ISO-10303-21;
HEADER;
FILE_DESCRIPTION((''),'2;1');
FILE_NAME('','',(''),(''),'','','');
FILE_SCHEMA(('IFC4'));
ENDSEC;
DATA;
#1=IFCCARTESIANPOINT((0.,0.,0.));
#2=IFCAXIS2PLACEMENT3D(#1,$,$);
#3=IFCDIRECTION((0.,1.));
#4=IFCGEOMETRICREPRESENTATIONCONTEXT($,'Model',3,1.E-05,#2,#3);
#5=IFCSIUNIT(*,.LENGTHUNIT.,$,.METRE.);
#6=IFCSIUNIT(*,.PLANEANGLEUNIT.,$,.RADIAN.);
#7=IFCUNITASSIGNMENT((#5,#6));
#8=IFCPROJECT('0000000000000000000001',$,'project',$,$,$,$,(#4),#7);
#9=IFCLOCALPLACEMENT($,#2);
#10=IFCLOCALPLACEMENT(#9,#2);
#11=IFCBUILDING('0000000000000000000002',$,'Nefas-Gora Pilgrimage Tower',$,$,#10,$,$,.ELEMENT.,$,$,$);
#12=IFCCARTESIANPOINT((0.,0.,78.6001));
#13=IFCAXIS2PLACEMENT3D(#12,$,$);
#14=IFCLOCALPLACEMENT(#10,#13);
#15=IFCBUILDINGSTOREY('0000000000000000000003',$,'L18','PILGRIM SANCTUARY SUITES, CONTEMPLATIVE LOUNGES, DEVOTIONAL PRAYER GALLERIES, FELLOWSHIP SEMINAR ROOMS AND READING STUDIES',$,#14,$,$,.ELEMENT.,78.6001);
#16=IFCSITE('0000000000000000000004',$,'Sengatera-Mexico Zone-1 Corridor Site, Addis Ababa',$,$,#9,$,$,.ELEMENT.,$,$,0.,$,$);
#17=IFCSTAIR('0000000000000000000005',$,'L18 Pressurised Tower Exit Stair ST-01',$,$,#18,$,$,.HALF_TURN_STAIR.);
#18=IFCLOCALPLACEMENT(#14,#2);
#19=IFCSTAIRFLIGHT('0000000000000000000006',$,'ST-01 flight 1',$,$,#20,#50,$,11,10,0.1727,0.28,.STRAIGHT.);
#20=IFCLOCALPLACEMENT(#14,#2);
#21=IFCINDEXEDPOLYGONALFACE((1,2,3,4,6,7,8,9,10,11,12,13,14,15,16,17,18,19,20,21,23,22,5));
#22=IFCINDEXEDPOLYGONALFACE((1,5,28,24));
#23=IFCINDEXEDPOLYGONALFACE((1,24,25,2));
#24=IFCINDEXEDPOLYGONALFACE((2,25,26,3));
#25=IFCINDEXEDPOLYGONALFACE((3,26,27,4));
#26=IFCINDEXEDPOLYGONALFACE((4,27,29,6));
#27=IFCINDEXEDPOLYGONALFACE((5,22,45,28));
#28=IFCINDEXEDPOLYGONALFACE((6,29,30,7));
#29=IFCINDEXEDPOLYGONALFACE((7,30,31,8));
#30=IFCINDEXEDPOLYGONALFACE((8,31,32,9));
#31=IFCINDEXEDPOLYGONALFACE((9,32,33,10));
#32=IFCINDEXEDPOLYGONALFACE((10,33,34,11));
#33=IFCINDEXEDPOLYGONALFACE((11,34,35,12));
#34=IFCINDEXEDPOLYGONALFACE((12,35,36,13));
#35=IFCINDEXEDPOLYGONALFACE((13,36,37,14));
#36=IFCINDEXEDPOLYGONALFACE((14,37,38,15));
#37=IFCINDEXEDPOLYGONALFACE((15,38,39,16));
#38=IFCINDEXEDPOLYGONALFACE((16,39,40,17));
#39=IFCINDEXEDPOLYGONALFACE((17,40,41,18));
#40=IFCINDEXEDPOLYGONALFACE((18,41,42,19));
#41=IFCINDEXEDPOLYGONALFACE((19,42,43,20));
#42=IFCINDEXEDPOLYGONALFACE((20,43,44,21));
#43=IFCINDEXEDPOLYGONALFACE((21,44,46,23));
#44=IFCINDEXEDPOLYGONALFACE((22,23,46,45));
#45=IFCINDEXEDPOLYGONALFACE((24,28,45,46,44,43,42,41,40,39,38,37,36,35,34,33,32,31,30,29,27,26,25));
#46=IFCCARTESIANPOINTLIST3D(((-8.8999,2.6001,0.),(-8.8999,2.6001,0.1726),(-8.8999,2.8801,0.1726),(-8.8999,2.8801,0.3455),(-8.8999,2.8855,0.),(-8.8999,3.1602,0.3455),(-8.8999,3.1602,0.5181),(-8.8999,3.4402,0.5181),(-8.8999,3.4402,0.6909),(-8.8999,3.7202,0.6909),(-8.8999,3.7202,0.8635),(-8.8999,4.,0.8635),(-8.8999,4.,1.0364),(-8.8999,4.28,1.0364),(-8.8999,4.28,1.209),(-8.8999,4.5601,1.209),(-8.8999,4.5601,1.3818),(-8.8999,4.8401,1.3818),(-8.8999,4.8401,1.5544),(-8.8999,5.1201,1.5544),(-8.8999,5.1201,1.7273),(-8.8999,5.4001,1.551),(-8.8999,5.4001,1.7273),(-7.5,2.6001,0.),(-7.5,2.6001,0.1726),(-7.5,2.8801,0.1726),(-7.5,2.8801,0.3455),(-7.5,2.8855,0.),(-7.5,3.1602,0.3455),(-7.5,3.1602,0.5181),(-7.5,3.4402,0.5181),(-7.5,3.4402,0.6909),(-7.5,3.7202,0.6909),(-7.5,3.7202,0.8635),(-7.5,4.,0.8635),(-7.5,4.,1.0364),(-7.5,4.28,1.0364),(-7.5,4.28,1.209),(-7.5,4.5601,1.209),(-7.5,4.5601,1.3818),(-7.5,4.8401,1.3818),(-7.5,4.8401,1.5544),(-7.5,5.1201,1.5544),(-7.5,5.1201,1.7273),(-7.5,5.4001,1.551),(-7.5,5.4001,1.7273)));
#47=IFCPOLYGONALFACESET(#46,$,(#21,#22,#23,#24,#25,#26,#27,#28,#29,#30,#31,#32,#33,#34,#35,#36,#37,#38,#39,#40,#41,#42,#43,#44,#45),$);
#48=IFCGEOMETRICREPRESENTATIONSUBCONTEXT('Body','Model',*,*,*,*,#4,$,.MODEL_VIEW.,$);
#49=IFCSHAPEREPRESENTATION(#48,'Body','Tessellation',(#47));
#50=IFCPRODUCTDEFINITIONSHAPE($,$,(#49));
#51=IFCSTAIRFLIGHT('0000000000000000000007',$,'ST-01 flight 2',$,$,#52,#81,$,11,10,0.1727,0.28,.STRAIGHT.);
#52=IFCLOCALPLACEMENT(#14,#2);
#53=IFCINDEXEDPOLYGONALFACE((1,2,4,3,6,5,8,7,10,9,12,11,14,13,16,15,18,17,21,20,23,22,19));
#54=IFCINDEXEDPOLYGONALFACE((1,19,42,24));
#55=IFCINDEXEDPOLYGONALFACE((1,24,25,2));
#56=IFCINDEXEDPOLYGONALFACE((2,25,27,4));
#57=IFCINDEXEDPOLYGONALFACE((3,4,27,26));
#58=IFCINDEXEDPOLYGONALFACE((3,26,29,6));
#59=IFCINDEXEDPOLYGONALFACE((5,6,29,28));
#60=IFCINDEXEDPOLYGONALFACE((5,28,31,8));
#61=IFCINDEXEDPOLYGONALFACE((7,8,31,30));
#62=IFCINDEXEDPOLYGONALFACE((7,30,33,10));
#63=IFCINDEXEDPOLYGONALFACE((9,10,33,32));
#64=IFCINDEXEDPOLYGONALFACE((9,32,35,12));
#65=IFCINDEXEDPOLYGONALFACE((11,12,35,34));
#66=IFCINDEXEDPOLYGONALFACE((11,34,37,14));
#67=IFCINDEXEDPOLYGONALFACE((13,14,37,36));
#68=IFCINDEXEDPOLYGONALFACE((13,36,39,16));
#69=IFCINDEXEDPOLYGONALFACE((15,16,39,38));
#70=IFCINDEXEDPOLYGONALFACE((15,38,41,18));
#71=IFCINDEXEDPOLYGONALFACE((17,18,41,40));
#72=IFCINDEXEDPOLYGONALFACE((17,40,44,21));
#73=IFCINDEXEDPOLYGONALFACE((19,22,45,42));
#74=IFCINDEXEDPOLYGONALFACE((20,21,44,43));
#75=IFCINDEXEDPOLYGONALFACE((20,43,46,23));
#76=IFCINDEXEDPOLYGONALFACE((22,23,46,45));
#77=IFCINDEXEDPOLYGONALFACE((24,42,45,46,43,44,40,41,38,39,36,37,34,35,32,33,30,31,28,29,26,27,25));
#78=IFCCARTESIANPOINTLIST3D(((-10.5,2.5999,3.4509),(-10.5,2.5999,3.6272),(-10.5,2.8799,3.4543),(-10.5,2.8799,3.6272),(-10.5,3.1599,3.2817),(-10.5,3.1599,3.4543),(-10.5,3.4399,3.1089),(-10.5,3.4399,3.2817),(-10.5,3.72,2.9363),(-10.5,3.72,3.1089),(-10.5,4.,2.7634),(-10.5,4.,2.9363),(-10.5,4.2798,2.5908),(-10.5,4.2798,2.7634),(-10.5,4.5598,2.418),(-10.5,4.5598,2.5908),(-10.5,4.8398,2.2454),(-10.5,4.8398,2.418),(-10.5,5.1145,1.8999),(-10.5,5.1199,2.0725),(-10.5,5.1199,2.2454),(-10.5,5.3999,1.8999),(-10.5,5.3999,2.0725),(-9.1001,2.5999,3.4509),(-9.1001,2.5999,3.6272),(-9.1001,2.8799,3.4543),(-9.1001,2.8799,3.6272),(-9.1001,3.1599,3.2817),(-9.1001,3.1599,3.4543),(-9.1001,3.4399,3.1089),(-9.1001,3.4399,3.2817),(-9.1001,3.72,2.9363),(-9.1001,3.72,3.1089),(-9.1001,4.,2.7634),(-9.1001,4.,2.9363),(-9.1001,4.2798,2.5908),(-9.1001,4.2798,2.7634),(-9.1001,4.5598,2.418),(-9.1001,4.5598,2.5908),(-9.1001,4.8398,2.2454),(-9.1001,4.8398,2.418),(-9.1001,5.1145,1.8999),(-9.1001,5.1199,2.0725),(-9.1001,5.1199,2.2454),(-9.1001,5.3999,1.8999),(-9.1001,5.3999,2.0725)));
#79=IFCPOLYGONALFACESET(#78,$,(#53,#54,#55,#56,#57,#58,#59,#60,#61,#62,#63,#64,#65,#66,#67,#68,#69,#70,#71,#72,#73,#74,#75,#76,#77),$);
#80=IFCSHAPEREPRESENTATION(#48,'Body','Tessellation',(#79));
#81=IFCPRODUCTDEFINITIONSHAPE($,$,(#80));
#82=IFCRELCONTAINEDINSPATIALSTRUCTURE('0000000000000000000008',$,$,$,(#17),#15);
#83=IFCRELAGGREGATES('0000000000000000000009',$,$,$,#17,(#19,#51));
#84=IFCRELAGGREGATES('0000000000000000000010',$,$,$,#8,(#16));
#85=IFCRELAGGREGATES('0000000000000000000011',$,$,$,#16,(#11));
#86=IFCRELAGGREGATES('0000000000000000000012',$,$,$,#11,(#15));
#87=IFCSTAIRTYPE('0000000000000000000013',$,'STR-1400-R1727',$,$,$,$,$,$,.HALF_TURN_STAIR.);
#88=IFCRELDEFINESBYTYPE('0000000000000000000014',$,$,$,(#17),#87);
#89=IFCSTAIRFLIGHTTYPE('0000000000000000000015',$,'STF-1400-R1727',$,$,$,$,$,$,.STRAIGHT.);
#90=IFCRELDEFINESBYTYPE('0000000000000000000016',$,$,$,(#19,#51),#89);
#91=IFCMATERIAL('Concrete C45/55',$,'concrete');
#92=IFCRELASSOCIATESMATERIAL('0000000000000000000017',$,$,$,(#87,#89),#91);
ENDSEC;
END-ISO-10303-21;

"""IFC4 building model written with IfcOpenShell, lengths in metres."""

from ifc_helpers import new_model, si_unit, direction, frame, origin, place, context, subcontext, project, spatial, polyline, outline, extrude, source, transform, mapped, material, type_object, element, aggregate, save


model = new_model("IFC4")

# Units and contexts
model_context = context("Model", 3, precision=1e-05, world=origin(), true_north=direction((0.0, 1.0)))
body_context = subcontext(model_context, "Body", "Model", "MODEL_VIEW")
ifc_project = project(units=[si_unit("LENGTHUNIT", "METRE"), si_unit("PLANEANGLEUNIT", "RADIAN")], contexts=[model_context])

# Site, building, storey
site_placement = place(None, origin())
site = spatial("IfcSite", under=ifc_project, at=site_placement, Name="Sengatera-Mexico Zone-1 Corridor Site, Addis Ababa", CompositionType="ELEMENT", RefElevation=0.0)
building_placement = place(site_placement, origin())
building = spatial("IfcBuilding", under=site, at=building_placement, Name="Nefas-Gora Pilgrimage Tower", CompositionType="ELEMENT")
storey_placement = place(building_placement, frame((0.0, 0.0, 78.6001)))
storey = spatial("IfcBuildingStorey", under=building, at=storey_placement, Name="L18", Description="PILGRIM SANCTUARY SUITES, CONTEMPLATIVE LOUNGES, DEVOTIONAL PRAYER GALLERIES, FELLOWSHIP SEMINAR ROOMS AND READING STUDIES", CompositionType="ELEMENT", Elevation=78.6001)

# Shared definitions
ifc_material_1 = material(Name="Concrete C45/55", Category="concrete")

# Stair, stair flights
stair_type = type_object("IfcStairType", Name="STR-1400-R1727", PredefinedType="HALF_TURN_STAIR", material=ifc_material_1)
stair_placement = place(storey_placement, origin())
stair = element("IfcStair", 1, at=stair_placement, inside=storey, type_object=stair_type, Name="L18 Pressurised Tower Exit Stair ST-01", PredefinedType="HALF_TURN_STAIR")
stair_flight_type = type_object("IfcStairFlightType", Name="STF-1400-R1727", PredefinedType="STRAIGHT", material=ifc_material_1)
shared_shape_1 = source(origin(), body_context, "Body", "SweptSolid", [
    extrude(outline(polyline([(0.0, 0.0), (0.0, 0.1726), (0.28, 0.1726), (0.28, 0.3455), (0.5601, 0.3455), (0.5601, 0.5181), (0.8401, 0.5181), (0.8401, 0.6909), (1.1201, 0.6909), (1.1201, 0.8635), (1.3999, 0.8635), (1.3999, 1.0364), (1.6799, 1.0364), (1.6799, 1.209), (1.96, 1.209), (1.96, 1.3818), (2.24, 1.3818), (2.24, 1.5544), (2.52, 1.5544), (2.52, 1.7273), (2.8, 1.7273), (2.8, 1.8999), (2.8, 1.551), (0.2854, 0.0), (0.0, 0.0)])), frame((0.0, 0.7, 0.0), z_axis=(0.0, -1.0, 0.0), x_axis=(1.0, 0.0, 0.0)), (0.0, 0.0, 1.0), 1.3999),
])
stair_flight_1_placement = place(storey_placement, frame((-8.2, 2.6001, 0.0), z_axis=(0.0, 0.0, 1.0), x_axis=(0.0, 1.0, 0.0)))
stair_flight_1 = element("IfcStairFlight", 2, at=stair_flight_1_placement, type_object=stair_flight_type, Name="ST-01 flight 1", NumberOfRisers=11, NumberOfTreads=10, PredefinedType="STRAIGHT", RiserHeight=0.1727, TreadLength=0.28, context=body_context, shape_type="MappedRepresentation", body=[
    mapped(shared_shape_1, transform((0.0, 0.0, 0.0), x_axis=(1.0, 0.0, 0.0), y_axis=(0.0, 1.0, 0.0), z_axis=(0.0, 0.0, 1.0), scale=1.0)),
])
stair_flight_2_placement = place(storey_placement, frame((-9.8, 5.3999, 1.8999), z_axis=(0.0, 0.0, 1.0), x_axis=(0.0, -1.0, 0.0)))
stair_flight_2 = element("IfcStairFlight", 3, at=stair_flight_2_placement, type_object=stair_flight_type, Name="ST-01 flight 2", NumberOfRisers=11, NumberOfTreads=10, PredefinedType="STRAIGHT", RiserHeight=0.1727, TreadLength=0.28, context=body_context, shape_type="MappedRepresentation", body=[
    mapped(shared_shape_1, transform((0.0, 0.0, 0.0), x_axis=(1.0, 0.0, 0.0), y_axis=(0.0, 1.0, 0.0), z_axis=(0.0, 0.0, 1.0), scale=1.0)),
])
aggregate(stair, [stair_flight_1, stair_flight_2])

save(model, "model.ifc")
